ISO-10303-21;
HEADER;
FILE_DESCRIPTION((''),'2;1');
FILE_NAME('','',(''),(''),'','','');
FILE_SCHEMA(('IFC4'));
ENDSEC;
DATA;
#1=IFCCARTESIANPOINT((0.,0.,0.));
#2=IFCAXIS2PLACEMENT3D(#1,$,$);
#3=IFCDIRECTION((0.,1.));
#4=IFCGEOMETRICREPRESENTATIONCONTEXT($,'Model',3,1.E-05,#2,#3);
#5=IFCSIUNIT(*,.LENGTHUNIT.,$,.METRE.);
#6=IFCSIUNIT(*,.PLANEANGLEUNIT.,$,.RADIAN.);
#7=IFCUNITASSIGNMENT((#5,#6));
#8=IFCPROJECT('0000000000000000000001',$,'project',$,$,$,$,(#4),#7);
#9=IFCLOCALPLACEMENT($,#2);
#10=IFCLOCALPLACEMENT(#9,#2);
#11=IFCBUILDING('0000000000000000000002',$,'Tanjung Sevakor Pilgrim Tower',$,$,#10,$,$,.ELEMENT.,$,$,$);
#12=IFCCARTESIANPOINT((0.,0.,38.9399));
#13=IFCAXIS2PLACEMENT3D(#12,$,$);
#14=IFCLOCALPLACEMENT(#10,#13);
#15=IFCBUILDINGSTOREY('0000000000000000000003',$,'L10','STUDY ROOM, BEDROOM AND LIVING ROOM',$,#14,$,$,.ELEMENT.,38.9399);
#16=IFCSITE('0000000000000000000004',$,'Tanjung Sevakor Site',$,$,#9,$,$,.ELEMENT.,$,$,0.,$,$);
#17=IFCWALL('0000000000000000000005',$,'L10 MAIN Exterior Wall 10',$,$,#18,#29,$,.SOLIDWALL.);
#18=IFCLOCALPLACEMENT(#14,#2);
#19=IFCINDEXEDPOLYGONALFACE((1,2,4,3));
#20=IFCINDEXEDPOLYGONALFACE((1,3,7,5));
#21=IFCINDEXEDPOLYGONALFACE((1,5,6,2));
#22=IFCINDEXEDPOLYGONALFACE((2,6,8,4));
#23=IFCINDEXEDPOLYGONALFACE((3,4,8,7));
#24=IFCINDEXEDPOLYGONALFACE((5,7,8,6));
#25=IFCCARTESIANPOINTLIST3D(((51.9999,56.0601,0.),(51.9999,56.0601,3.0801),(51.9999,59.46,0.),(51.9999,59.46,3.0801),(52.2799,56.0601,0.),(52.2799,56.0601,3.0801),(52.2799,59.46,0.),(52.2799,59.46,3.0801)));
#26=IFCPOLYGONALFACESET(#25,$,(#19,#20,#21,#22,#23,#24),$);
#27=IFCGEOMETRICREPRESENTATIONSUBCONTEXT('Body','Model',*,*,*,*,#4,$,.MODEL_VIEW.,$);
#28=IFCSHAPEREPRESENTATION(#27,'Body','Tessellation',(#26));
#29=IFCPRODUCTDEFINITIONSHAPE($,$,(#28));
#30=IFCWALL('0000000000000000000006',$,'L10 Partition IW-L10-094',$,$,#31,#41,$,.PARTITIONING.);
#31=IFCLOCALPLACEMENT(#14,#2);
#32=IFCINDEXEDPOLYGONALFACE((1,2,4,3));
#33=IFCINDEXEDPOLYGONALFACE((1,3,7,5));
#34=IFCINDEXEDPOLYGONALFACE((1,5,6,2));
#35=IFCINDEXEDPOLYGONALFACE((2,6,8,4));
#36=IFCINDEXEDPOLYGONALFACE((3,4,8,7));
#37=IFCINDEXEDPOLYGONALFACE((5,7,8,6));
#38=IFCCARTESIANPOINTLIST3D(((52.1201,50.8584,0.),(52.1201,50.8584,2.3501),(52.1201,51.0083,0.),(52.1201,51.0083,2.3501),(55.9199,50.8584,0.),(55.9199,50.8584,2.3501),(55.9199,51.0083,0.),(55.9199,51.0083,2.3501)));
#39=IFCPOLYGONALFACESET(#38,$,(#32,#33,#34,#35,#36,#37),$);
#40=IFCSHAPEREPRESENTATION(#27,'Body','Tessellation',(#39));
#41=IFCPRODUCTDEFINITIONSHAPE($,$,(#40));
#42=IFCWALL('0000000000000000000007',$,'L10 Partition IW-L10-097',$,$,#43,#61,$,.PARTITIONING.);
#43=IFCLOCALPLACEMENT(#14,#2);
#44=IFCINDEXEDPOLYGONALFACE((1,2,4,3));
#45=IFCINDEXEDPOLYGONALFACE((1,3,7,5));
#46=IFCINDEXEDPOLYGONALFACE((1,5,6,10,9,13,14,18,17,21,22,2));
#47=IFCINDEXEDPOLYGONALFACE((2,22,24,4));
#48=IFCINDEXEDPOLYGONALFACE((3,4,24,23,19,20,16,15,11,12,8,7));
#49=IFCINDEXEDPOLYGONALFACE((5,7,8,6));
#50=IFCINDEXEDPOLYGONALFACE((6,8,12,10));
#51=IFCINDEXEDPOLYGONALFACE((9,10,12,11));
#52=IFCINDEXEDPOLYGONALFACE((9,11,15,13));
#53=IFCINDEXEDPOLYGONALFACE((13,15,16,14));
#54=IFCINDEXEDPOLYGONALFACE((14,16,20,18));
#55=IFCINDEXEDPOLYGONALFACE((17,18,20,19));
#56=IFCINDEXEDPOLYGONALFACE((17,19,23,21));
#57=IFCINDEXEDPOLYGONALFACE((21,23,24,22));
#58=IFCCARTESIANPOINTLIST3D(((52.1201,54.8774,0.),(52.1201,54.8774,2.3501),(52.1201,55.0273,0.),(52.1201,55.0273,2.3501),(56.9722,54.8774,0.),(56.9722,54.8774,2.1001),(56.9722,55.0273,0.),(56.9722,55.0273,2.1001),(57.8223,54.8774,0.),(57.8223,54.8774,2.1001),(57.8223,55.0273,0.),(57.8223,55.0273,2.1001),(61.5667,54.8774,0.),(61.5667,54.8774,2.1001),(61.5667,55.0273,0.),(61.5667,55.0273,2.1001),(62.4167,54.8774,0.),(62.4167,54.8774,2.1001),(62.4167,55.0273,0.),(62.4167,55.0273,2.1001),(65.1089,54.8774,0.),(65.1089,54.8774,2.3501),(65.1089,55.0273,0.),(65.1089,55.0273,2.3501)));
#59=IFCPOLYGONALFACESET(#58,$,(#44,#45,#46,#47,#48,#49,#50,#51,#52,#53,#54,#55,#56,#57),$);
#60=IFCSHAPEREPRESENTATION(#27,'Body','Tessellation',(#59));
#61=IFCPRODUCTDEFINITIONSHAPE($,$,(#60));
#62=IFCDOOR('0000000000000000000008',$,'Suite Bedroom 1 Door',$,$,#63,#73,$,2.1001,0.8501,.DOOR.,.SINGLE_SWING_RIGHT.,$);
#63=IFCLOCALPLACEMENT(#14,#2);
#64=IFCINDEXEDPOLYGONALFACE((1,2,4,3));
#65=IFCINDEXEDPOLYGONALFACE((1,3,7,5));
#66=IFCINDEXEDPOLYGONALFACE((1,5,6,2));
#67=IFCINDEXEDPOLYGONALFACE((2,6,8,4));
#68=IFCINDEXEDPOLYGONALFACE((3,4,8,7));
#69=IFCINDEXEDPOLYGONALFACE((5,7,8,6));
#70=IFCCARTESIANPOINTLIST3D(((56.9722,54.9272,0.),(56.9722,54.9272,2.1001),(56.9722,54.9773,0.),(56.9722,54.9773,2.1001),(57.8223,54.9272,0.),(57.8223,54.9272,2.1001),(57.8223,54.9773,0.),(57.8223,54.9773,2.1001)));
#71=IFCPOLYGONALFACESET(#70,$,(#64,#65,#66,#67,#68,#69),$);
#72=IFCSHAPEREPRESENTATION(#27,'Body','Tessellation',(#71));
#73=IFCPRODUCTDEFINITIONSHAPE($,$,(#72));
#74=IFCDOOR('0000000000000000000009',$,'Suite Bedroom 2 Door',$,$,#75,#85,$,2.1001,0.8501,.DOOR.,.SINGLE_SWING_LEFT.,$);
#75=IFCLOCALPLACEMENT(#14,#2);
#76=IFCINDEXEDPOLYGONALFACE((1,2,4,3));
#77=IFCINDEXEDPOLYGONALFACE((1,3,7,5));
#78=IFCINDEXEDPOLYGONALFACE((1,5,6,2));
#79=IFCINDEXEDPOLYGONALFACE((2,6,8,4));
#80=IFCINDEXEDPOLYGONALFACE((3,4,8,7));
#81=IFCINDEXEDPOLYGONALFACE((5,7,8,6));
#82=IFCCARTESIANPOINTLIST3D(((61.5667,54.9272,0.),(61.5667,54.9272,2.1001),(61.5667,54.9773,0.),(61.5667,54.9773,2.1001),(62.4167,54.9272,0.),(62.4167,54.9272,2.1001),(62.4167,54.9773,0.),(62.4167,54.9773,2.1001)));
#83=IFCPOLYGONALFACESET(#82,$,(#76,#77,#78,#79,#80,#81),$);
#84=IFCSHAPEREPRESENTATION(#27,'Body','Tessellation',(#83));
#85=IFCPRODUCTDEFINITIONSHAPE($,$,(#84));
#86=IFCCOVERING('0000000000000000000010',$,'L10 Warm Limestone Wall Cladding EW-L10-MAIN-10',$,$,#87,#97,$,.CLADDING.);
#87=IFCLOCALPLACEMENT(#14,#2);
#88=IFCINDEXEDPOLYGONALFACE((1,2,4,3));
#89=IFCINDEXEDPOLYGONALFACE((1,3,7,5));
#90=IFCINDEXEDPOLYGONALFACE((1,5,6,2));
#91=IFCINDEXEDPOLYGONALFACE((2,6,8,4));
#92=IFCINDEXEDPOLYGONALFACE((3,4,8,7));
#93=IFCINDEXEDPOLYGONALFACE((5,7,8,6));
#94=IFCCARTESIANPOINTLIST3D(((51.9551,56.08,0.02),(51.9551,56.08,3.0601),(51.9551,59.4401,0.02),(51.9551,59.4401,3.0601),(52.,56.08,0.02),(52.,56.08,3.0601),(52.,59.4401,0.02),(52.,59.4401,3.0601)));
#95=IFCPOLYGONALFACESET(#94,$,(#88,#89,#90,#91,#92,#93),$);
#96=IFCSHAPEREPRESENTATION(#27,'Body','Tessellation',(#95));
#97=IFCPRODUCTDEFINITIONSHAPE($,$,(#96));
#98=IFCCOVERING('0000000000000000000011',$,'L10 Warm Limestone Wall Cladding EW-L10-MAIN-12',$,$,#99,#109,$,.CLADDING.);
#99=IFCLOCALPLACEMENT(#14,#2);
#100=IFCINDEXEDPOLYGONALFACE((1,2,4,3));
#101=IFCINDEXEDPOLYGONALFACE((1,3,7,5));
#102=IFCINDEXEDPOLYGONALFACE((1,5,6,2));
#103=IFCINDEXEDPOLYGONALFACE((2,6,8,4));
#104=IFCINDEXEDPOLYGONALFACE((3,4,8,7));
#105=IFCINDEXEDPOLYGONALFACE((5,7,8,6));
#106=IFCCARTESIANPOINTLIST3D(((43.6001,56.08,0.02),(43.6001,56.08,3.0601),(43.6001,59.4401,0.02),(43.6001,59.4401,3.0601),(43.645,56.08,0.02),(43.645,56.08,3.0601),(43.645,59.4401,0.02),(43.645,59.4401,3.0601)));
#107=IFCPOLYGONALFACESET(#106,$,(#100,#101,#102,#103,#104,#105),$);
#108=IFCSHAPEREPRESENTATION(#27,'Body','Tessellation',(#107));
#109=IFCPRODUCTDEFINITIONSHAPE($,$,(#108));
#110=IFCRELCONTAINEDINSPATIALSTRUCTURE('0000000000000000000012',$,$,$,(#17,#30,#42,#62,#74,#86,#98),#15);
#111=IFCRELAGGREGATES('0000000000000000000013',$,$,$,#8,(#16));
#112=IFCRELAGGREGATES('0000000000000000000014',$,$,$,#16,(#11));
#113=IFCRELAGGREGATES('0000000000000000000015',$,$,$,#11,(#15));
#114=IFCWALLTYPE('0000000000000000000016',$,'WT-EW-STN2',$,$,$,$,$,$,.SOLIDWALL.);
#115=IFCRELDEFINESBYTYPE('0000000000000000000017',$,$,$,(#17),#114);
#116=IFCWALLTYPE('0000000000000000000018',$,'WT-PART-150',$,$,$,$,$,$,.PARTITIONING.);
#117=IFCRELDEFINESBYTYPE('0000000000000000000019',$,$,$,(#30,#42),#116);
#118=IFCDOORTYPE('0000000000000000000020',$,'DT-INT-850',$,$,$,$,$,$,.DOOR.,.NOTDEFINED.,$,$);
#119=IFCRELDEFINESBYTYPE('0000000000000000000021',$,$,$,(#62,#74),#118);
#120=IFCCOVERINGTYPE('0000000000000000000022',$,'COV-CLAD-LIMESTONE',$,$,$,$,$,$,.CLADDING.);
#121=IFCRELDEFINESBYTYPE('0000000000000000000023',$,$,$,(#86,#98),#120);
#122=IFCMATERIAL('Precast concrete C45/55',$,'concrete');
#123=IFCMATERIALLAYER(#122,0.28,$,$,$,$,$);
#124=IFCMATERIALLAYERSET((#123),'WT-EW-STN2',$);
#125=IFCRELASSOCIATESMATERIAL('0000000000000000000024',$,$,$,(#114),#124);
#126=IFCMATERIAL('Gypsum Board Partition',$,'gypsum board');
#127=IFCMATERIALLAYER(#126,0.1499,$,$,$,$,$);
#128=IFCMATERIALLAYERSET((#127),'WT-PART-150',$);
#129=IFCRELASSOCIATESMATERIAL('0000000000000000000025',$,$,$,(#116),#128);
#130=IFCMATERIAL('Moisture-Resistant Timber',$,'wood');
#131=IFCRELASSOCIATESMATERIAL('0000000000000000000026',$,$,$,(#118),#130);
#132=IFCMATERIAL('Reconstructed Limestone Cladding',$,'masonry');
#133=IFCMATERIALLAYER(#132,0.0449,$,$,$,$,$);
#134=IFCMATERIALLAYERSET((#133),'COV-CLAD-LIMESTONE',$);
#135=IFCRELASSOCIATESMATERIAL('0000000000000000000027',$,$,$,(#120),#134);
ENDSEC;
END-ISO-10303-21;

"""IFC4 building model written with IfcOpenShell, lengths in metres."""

from ifc_helpers import new_model, si_unit, direction, frame, frame_2d, origin, origin_2d, place, context, subcontext, project, spatial, rectangle, extrude, material, layer, layer_set, type_object, element, fill, save


model = new_model("IFC4")

# Units and contexts
model_context = context("Model", 3, precision=1e-05, world=origin(), true_north=direction((0.0, 1.0)))
body_context = subcontext(model_context, "Body", "Model", "MODEL_VIEW")
ifc_project = project(units=[si_unit("LENGTHUNIT", "METRE"), si_unit("PLANEANGLEUNIT", "RADIAN")], contexts=[model_context])

# Site, building, storey
site_placement = place(None, origin())
site = spatial("IfcSite", under=ifc_project, at=site_placement, Name="Tanjung Sevakor Site", CompositionType="ELEMENT", RefElevation=0.0)
building_placement = place(site_placement, origin())
building = spatial("IfcBuilding", under=site, at=building_placement, Name="Tanjung Sevakor Pilgrim Tower", CompositionType="ELEMENT")
storey_placement = place(building_placement, frame((0.0, 0.0, 38.9399)))
storey = spatial("IfcBuildingStorey", under=building, at=storey_placement, Name="L10", Description="STUDY ROOM, BEDROOM AND LIVING ROOM", CompositionType="ELEMENT", Elevation=38.9399)

# Walls
ifc_material_1 = material(Name="Precast concrete C45/55", Category="concrete")
ifc_layer_1 = layer(ifc_material_1, 0.28)
ifc_layer_set_1 = layer_set([ifc_layer_1], Name="WT-EW-STN2")
wall_type_1 = type_object("IfcWallType", Name="WT-EW-STN2", PredefinedType="SOLIDWALL", material=ifc_layer_set_1)
wall_1_placement = place(storey_placement, frame((52.1399, 59.46, 0.0), z_axis=(0.0, 0.0, 1.0), x_axis=(0.0, -1.0, 0.0)))
element("IfcWall", 1, at=wall_1_placement, inside=storey, type_object=wall_type_1, Name="L10 MAIN Exterior Wall 10", PredefinedType="SOLIDWALL", context=body_context, shape_type="SweptSolid", body=[
    extrude(rectangle(XDim=3.3999, YDim=0.28, at=frame_2d((1.7, 0.0))), origin(), (0.0, 0.0, 1.0), 3.0801),
])
ifc_material_2 = material(Name="Gypsum Board Partition", Category="gypsum board")
ifc_layer_2 = layer(ifc_material_2, 0.1499)
ifc_layer_set_2 = layer_set([ifc_layer_2], Name="WT-PART-150")
wall_type_2 = type_object("IfcWallType", Name="WT-PART-150", PredefinedType="PARTITIONING", material=ifc_layer_set_2)
wall_2_placement = place(storey_placement, frame((52.1201, 50.9333, 0.0), z_axis=(0.0, 0.0, 1.0), x_axis=(1.0, 0.0, 0.0)))
element("IfcWall", 2, at=wall_2_placement, inside=storey, type_object=wall_type_2, Name="L10 Partition IW-L10-094", PredefinedType="PARTITIONING", context=body_context, shape_type="SweptSolid", body=[
    extrude(rectangle(XDim=3.7998, YDim=0.1499, at=frame_2d((1.8999, 0.0))), origin(), (0.0, 0.0, 1.0), 2.3501),
])

# Wall, openings, doors
wall_3_placement = place(storey_placement, frame((52.1201, 54.9524, 0.0), z_axis=(0.0, 0.0, 1.0), x_axis=(1.0, 0.0, 0.0)))
wall_3 = element("IfcWall", 3, at=wall_3_placement, inside=storey, type_object=wall_type_2, Name="L10 Partition IW-L10-097", PredefinedType="PARTITIONING", context=body_context, shape_type="SweptSolid", body=[
    extrude(rectangle(XDim=12.9888, YDim=0.1499, at=frame_2d((6.4944, 0.0))), origin(), (0.0, 0.0, 1.0), 2.3501),
])
opening_1_placement = place(wall_3_placement, frame((4.8521, 0.0, 0.0)))
opening_1 = element("IfcOpeningElement", 4, at=opening_1_placement, cuts=wall_3, PredefinedType="OPENING", context=body_context, shape_type="SweptSolid", body=[
    extrude(rectangle(XDim=0.8501, YDim=2.1001, at=frame_2d((0.425, 1.05))), frame((0.0, 0.085, 0.0), z_axis=(0.0, -1.0, 0.0), x_axis=(1.0, 0.0, 0.0)), (0.0, 0.0, 1.0), 0.1699),
])
opening_2_placement = place(wall_3_placement, frame((9.4465, 0.0, 0.0)))
opening_2 = element("IfcOpeningElement", 5, at=opening_2_placement, cuts=wall_3, PredefinedType="OPENING", context=body_context, shape_type="SweptSolid", body=[
    extrude(rectangle(XDim=0.8501, YDim=2.1001, at=frame_2d((0.425, 1.05))), frame((0.0, 0.085, 0.0), z_axis=(0.0, -1.0, 0.0), x_axis=(1.0, 0.0, 0.0)), (0.0, 0.0, 1.0), 0.1699),
])
ifc_material_3 = material(Name="Moisture-Resistant Timber", Category="wood")
door_type_1 = type_object("IfcDoorType", Name="DT-INT-850", OperationType="NOTDEFINED", PredefinedType="DOOR", material=ifc_material_3)
door_1_placement = place(opening_1_placement, origin())
door_1 = element("IfcDoor", 6, at=door_1_placement, inside=storey, type_object=door_type_1, Name="Suite Bedroom 1 Door", OperationType="SINGLE_SWING_RIGHT", OverallHeight=2.1001, OverallWidth=0.8501, PredefinedType="DOOR", context=body_context, shape_type="SweptSolid", body=[
    extrude(rectangle(XDim=0.8501, YDim=2.1001, at=frame_2d((0.425, 1.05))), frame((0.0, 0.0249, 0.0), z_axis=(0.0, -1.0, 0.0), x_axis=(1.0, 0.0, 0.0)), (0.0, 0.0, 1.0), 0.05),
])
fill(opening_1, door_1)
door_2_placement = place(opening_2_placement, origin())
door_2 = element("IfcDoor", 7, at=door_2_placement, inside=storey, type_object=door_type_1, Name="Suite Bedroom 2 Door", OperationType="SINGLE_SWING_LEFT", OverallHeight=2.1001, OverallWidth=0.8501, PredefinedType="DOOR", context=body_context, shape_type="SweptSolid", body=[
    extrude(rectangle(XDim=0.8501, YDim=2.1001, at=frame_2d((0.425, 1.05))), frame((0.0, 0.0249, 0.0), z_axis=(0.0, -1.0, 0.0), x_axis=(1.0, 0.0, 0.0)), (0.0, 0.0, 1.0), 0.05),
])
fill(opening_2, door_2)

# Coverings
ifc_material_4 = material(Name="Reconstructed Limestone Cladding", Category="masonry")
ifc_layer_3 = layer(ifc_material_4, 0.0449)
ifc_layer_set_3 = layer_set([ifc_layer_3], Name="COV-CLAD-LIMESTONE")
covering_type = type_object("IfcCoveringType", Name="COV-CLAD-LIMESTONE", PredefinedType="CLADDING", material=ifc_layer_set_3)
for number, where, z_axis, x_axis, name in (
    (8, (51.9775, 57.76, 0.02), (0.0, 0.0, 1.0), (0.0, -1.0, 0.0), "L10 Warm Limestone Wall Cladding EW-L10-MAIN-10"),
    (9, (43.6226, 57.76, 0.02), (0.0, 0.0, 1.0), (0.0, 1.0, 0.0), "L10 Warm Limestone Wall Cladding EW-L10-MAIN-12"),
):
    element("IfcCovering", number, at=place(storey_placement, frame(where, z_axis=z_axis, x_axis=x_axis)), inside=storey, type_object=covering_type, Name=name, PredefinedType="CLADDING", context=body_context, shape_type="SweptSolid", body=[
        extrude(rectangle(XDim=3.3601, YDim=0.0449, at=origin_2d()), origin(), (0.0, 0.0, 1.0), 3.04),
    ])

save(model, "model.ifc")
